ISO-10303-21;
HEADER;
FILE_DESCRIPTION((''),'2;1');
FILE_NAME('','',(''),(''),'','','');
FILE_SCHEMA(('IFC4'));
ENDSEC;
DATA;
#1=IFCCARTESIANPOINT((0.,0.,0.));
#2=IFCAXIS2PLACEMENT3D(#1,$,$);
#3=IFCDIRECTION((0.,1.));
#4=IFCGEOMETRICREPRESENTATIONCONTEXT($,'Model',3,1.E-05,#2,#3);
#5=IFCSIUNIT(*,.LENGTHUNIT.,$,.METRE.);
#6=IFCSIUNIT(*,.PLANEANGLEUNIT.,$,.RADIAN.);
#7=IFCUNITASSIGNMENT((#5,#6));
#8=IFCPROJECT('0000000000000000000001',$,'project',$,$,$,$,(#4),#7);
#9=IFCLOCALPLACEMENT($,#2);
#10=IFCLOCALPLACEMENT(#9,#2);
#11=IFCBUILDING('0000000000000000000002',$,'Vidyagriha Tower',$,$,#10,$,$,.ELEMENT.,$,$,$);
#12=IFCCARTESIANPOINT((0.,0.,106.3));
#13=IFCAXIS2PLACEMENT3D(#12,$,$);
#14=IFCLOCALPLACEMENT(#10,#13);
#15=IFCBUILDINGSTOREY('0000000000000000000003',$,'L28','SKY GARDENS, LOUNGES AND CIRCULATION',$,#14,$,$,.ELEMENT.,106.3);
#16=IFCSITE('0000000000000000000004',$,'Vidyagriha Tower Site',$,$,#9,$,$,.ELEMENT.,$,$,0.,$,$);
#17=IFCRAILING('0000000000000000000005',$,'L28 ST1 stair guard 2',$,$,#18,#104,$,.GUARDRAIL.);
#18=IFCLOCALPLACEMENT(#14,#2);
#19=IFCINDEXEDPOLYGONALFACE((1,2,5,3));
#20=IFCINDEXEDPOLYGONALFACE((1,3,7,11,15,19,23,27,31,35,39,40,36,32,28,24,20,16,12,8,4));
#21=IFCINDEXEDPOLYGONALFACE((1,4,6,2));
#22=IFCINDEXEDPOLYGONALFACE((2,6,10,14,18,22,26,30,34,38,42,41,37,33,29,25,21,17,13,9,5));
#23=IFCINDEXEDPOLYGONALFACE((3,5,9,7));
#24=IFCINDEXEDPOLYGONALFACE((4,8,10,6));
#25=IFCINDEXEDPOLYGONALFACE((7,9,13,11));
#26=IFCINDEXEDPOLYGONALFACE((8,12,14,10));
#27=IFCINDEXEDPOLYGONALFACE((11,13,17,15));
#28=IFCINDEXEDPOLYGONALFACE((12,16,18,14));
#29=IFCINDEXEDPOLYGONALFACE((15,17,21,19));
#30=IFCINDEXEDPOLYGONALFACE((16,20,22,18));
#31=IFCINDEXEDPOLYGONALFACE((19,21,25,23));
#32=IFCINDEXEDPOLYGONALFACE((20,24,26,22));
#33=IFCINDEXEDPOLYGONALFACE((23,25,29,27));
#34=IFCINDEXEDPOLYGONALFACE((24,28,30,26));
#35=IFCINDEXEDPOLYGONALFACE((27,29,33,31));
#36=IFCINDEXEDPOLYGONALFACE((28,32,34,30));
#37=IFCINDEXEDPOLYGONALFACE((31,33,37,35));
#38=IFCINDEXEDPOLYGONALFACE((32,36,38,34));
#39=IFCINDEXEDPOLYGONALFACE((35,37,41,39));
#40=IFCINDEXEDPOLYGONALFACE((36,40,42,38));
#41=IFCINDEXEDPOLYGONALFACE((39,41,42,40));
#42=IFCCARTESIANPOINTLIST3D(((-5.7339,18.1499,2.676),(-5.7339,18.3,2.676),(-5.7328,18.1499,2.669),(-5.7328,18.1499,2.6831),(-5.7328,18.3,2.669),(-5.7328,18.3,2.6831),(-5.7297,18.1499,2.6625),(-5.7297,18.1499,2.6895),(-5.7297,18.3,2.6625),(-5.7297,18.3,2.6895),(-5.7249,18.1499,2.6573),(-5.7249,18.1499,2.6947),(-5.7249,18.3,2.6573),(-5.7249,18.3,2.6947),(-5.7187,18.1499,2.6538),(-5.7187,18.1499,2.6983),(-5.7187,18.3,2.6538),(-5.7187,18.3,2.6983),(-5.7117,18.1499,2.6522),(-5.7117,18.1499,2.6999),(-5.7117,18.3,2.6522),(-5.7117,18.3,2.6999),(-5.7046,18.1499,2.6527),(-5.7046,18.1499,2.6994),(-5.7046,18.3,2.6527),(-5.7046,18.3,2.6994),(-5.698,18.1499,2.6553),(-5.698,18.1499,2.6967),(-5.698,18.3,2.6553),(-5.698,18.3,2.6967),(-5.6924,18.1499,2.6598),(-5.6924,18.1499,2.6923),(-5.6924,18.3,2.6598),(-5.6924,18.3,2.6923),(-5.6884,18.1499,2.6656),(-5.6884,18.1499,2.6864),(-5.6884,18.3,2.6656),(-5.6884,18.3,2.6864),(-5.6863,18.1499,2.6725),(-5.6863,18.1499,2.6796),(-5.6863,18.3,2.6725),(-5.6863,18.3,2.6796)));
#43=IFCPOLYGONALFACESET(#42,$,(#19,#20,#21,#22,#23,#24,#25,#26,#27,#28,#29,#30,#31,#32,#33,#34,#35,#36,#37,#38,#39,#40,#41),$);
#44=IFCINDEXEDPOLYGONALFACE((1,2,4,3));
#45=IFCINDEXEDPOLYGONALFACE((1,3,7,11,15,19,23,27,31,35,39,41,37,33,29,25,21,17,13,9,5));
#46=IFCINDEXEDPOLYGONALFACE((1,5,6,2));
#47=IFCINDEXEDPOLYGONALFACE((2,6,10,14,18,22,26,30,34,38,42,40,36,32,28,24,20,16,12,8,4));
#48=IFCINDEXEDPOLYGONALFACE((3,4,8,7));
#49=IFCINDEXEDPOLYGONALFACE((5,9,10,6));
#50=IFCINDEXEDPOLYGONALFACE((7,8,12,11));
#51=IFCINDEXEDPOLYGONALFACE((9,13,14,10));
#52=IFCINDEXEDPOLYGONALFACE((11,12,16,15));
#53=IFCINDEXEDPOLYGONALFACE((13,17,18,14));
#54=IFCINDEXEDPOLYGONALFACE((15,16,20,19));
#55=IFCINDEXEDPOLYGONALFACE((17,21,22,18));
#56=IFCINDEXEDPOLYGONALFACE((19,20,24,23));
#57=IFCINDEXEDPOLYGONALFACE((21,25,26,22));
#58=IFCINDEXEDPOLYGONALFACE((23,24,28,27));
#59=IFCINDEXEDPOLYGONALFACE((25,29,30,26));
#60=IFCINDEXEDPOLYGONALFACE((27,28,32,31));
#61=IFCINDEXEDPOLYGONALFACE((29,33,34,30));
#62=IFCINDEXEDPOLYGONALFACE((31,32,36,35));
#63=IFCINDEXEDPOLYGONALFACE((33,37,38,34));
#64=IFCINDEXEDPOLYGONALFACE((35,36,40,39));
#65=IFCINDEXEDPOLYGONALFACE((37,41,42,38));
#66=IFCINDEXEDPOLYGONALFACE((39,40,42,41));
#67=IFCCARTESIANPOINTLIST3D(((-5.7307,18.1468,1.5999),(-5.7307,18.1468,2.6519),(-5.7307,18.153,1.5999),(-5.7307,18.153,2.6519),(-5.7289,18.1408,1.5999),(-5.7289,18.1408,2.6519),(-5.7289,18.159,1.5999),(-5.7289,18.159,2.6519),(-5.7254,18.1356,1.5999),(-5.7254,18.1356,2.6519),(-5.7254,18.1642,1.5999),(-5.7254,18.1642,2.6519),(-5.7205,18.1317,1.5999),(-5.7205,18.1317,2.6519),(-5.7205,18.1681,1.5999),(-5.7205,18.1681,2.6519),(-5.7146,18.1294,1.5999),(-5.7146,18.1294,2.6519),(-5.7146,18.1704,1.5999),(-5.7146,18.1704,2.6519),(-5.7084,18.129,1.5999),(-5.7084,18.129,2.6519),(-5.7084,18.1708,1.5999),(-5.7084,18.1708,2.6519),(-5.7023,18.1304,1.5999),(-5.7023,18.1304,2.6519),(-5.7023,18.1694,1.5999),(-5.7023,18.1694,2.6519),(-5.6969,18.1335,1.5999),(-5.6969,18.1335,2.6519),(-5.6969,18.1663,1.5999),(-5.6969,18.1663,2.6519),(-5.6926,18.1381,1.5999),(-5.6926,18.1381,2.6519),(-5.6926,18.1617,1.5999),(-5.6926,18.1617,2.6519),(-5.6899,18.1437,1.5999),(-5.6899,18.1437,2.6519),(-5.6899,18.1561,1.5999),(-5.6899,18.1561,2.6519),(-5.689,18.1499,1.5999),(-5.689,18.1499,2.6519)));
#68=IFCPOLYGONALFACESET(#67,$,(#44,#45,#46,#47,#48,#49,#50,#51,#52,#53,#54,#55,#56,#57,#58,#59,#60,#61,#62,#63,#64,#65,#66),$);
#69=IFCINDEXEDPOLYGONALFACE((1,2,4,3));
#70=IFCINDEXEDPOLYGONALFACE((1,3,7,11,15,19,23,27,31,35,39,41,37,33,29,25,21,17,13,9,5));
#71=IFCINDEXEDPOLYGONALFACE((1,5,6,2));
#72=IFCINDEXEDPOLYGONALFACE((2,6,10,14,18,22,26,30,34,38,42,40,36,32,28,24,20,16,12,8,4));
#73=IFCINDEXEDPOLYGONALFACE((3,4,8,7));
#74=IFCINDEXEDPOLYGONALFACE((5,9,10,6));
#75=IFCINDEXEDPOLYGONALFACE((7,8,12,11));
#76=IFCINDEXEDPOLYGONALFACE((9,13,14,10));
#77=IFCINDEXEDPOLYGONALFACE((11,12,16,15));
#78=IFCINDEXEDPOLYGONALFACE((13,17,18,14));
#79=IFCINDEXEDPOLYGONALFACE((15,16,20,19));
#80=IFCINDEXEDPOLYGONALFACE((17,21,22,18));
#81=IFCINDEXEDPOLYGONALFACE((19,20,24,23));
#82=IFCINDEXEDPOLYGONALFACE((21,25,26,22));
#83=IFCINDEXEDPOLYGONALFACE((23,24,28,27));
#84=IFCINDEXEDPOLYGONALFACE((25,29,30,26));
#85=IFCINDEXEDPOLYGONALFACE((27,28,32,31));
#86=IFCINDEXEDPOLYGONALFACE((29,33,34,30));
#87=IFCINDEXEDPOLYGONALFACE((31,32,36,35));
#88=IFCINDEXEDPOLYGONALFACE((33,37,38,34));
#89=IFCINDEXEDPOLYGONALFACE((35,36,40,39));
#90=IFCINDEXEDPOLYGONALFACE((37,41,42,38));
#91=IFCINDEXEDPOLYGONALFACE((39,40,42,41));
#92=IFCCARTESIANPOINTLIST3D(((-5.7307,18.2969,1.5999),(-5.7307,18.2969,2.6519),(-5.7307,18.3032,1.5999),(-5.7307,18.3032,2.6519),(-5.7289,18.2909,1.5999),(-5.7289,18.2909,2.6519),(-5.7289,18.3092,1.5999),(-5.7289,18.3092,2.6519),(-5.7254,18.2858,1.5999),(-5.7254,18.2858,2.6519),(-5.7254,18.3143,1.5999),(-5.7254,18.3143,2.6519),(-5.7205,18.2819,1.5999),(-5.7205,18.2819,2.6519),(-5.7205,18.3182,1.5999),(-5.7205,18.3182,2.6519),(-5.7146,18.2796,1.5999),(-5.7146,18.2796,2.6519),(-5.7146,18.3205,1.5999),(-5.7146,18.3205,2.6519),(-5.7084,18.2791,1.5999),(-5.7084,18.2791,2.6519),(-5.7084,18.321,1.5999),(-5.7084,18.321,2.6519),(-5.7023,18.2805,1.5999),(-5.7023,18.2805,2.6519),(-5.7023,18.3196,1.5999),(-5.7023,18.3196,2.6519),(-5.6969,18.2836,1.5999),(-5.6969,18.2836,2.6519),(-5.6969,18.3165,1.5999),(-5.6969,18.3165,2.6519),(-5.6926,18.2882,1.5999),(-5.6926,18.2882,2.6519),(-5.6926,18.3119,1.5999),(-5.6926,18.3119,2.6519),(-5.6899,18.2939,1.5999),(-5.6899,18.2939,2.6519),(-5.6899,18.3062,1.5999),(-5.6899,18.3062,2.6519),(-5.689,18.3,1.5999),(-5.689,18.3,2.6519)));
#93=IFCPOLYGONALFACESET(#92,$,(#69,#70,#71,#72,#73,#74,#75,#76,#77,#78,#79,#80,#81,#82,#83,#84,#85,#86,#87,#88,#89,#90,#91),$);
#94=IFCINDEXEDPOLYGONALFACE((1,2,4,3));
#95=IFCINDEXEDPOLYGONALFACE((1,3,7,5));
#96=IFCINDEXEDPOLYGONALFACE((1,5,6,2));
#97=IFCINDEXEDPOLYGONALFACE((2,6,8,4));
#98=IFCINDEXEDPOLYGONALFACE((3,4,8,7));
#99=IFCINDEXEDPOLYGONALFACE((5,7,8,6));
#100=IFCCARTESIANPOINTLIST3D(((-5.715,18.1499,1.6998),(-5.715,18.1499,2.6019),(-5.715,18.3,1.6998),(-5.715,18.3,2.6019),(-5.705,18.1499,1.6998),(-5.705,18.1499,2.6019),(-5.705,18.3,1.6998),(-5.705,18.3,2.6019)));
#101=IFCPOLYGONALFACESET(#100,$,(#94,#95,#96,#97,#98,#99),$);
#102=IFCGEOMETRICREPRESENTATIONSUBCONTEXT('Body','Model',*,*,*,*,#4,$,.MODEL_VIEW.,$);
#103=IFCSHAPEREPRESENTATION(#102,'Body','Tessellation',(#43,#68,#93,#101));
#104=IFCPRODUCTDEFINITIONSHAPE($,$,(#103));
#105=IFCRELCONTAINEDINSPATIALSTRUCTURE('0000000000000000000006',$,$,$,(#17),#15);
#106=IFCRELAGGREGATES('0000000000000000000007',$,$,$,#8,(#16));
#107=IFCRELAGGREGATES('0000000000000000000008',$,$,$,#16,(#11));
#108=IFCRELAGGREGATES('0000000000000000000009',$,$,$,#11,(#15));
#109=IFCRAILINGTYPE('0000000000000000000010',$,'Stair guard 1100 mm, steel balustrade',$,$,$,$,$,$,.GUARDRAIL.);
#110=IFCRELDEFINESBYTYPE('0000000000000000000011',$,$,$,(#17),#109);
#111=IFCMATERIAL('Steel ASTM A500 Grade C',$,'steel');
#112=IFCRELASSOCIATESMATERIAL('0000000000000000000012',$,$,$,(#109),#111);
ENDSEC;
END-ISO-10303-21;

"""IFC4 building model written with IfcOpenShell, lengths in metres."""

from ifc_helpers import new_model, si_unit, direction, frame, origin, origin_2d, place, context, subcontext, project, spatial, rectangle, circle, extrude, material, type_object, element, save


model = new_model("IFC4")

# Units and contexts
model_context = context("Model", 3, precision=1e-05, world=origin(), true_north=direction((0.0, 1.0)))
body_context = subcontext(model_context, "Body", "Model", "MODEL_VIEW")
ifc_project = project(units=[si_unit("LENGTHUNIT", "METRE"), si_unit("PLANEANGLEUNIT", "RADIAN")], contexts=[model_context])

# Site, building, storey
site_placement = place(None, origin())
site = spatial("IfcSite", under=ifc_project, at=site_placement, Name="Vidyagriha Tower Site", CompositionType="ELEMENT", RefElevation=0.0)
building_placement = place(site_placement, origin())
building = spatial("IfcBuilding", under=site, at=building_placement, Name="Vidyagriha Tower", CompositionType="ELEMENT")
storey_placement = place(building_placement, frame((0.0, 0.0, 106.3)))
storey = spatial("IfcBuildingStorey", under=building, at=storey_placement, Name="L28", Description="SKY GARDENS, LOUNGES AND CIRCULATION", CompositionType="ELEMENT", Elevation=106.3)

# Railing
ifc_material_1 = material(Name="Steel ASTM A500 Grade C", Category="steel")
railing_type_1 = type_object("IfcRailingType", Name="Stair guard 1100 mm, steel balustrade", PredefinedType="GUARDRAIL", material=ifc_material_1)
railing_1_placement = place(storey_placement, frame((-5.71, 18.1499, 1.5999)))
element("IfcRailing", 1, at=railing_1_placement, inside=storey, type_object=railing_type_1, Name="L28 ST1 stair guard 2", PredefinedType="GUARDRAIL", context=body_context, shape_type="SweptSolid", body=[
    extrude(circle(Radius=0.0239, at=origin_2d()), frame((0.0, 0.0, 1.0762), z_axis=(0.0, 1.0, 0.0), x_axis=(-1.0, 0.0, 0.0)), (0.0, 0.0, 1.0), 0.1501),
    extrude(circle(Radius=0.021, at=origin_2d()), origin(), (0.0, 0.0, 1.0), 1.052),
    extrude(circle(Radius=0.021, at=origin_2d()), frame((0.0, 0.1501, 0.0)), (0.0, 0.0, 1.0), 1.052),
    extrude(rectangle(XDim=0.01, YDim=0.9021, at=origin_2d()), frame((0.0, 0.0, 0.551), z_axis=(0.0, 1.0, 0.0), x_axis=(-1.0, 0.0, 0.0)), (0.0, 0.0, 1.0), 0.1501),
])

save(model, "model.ifc")
